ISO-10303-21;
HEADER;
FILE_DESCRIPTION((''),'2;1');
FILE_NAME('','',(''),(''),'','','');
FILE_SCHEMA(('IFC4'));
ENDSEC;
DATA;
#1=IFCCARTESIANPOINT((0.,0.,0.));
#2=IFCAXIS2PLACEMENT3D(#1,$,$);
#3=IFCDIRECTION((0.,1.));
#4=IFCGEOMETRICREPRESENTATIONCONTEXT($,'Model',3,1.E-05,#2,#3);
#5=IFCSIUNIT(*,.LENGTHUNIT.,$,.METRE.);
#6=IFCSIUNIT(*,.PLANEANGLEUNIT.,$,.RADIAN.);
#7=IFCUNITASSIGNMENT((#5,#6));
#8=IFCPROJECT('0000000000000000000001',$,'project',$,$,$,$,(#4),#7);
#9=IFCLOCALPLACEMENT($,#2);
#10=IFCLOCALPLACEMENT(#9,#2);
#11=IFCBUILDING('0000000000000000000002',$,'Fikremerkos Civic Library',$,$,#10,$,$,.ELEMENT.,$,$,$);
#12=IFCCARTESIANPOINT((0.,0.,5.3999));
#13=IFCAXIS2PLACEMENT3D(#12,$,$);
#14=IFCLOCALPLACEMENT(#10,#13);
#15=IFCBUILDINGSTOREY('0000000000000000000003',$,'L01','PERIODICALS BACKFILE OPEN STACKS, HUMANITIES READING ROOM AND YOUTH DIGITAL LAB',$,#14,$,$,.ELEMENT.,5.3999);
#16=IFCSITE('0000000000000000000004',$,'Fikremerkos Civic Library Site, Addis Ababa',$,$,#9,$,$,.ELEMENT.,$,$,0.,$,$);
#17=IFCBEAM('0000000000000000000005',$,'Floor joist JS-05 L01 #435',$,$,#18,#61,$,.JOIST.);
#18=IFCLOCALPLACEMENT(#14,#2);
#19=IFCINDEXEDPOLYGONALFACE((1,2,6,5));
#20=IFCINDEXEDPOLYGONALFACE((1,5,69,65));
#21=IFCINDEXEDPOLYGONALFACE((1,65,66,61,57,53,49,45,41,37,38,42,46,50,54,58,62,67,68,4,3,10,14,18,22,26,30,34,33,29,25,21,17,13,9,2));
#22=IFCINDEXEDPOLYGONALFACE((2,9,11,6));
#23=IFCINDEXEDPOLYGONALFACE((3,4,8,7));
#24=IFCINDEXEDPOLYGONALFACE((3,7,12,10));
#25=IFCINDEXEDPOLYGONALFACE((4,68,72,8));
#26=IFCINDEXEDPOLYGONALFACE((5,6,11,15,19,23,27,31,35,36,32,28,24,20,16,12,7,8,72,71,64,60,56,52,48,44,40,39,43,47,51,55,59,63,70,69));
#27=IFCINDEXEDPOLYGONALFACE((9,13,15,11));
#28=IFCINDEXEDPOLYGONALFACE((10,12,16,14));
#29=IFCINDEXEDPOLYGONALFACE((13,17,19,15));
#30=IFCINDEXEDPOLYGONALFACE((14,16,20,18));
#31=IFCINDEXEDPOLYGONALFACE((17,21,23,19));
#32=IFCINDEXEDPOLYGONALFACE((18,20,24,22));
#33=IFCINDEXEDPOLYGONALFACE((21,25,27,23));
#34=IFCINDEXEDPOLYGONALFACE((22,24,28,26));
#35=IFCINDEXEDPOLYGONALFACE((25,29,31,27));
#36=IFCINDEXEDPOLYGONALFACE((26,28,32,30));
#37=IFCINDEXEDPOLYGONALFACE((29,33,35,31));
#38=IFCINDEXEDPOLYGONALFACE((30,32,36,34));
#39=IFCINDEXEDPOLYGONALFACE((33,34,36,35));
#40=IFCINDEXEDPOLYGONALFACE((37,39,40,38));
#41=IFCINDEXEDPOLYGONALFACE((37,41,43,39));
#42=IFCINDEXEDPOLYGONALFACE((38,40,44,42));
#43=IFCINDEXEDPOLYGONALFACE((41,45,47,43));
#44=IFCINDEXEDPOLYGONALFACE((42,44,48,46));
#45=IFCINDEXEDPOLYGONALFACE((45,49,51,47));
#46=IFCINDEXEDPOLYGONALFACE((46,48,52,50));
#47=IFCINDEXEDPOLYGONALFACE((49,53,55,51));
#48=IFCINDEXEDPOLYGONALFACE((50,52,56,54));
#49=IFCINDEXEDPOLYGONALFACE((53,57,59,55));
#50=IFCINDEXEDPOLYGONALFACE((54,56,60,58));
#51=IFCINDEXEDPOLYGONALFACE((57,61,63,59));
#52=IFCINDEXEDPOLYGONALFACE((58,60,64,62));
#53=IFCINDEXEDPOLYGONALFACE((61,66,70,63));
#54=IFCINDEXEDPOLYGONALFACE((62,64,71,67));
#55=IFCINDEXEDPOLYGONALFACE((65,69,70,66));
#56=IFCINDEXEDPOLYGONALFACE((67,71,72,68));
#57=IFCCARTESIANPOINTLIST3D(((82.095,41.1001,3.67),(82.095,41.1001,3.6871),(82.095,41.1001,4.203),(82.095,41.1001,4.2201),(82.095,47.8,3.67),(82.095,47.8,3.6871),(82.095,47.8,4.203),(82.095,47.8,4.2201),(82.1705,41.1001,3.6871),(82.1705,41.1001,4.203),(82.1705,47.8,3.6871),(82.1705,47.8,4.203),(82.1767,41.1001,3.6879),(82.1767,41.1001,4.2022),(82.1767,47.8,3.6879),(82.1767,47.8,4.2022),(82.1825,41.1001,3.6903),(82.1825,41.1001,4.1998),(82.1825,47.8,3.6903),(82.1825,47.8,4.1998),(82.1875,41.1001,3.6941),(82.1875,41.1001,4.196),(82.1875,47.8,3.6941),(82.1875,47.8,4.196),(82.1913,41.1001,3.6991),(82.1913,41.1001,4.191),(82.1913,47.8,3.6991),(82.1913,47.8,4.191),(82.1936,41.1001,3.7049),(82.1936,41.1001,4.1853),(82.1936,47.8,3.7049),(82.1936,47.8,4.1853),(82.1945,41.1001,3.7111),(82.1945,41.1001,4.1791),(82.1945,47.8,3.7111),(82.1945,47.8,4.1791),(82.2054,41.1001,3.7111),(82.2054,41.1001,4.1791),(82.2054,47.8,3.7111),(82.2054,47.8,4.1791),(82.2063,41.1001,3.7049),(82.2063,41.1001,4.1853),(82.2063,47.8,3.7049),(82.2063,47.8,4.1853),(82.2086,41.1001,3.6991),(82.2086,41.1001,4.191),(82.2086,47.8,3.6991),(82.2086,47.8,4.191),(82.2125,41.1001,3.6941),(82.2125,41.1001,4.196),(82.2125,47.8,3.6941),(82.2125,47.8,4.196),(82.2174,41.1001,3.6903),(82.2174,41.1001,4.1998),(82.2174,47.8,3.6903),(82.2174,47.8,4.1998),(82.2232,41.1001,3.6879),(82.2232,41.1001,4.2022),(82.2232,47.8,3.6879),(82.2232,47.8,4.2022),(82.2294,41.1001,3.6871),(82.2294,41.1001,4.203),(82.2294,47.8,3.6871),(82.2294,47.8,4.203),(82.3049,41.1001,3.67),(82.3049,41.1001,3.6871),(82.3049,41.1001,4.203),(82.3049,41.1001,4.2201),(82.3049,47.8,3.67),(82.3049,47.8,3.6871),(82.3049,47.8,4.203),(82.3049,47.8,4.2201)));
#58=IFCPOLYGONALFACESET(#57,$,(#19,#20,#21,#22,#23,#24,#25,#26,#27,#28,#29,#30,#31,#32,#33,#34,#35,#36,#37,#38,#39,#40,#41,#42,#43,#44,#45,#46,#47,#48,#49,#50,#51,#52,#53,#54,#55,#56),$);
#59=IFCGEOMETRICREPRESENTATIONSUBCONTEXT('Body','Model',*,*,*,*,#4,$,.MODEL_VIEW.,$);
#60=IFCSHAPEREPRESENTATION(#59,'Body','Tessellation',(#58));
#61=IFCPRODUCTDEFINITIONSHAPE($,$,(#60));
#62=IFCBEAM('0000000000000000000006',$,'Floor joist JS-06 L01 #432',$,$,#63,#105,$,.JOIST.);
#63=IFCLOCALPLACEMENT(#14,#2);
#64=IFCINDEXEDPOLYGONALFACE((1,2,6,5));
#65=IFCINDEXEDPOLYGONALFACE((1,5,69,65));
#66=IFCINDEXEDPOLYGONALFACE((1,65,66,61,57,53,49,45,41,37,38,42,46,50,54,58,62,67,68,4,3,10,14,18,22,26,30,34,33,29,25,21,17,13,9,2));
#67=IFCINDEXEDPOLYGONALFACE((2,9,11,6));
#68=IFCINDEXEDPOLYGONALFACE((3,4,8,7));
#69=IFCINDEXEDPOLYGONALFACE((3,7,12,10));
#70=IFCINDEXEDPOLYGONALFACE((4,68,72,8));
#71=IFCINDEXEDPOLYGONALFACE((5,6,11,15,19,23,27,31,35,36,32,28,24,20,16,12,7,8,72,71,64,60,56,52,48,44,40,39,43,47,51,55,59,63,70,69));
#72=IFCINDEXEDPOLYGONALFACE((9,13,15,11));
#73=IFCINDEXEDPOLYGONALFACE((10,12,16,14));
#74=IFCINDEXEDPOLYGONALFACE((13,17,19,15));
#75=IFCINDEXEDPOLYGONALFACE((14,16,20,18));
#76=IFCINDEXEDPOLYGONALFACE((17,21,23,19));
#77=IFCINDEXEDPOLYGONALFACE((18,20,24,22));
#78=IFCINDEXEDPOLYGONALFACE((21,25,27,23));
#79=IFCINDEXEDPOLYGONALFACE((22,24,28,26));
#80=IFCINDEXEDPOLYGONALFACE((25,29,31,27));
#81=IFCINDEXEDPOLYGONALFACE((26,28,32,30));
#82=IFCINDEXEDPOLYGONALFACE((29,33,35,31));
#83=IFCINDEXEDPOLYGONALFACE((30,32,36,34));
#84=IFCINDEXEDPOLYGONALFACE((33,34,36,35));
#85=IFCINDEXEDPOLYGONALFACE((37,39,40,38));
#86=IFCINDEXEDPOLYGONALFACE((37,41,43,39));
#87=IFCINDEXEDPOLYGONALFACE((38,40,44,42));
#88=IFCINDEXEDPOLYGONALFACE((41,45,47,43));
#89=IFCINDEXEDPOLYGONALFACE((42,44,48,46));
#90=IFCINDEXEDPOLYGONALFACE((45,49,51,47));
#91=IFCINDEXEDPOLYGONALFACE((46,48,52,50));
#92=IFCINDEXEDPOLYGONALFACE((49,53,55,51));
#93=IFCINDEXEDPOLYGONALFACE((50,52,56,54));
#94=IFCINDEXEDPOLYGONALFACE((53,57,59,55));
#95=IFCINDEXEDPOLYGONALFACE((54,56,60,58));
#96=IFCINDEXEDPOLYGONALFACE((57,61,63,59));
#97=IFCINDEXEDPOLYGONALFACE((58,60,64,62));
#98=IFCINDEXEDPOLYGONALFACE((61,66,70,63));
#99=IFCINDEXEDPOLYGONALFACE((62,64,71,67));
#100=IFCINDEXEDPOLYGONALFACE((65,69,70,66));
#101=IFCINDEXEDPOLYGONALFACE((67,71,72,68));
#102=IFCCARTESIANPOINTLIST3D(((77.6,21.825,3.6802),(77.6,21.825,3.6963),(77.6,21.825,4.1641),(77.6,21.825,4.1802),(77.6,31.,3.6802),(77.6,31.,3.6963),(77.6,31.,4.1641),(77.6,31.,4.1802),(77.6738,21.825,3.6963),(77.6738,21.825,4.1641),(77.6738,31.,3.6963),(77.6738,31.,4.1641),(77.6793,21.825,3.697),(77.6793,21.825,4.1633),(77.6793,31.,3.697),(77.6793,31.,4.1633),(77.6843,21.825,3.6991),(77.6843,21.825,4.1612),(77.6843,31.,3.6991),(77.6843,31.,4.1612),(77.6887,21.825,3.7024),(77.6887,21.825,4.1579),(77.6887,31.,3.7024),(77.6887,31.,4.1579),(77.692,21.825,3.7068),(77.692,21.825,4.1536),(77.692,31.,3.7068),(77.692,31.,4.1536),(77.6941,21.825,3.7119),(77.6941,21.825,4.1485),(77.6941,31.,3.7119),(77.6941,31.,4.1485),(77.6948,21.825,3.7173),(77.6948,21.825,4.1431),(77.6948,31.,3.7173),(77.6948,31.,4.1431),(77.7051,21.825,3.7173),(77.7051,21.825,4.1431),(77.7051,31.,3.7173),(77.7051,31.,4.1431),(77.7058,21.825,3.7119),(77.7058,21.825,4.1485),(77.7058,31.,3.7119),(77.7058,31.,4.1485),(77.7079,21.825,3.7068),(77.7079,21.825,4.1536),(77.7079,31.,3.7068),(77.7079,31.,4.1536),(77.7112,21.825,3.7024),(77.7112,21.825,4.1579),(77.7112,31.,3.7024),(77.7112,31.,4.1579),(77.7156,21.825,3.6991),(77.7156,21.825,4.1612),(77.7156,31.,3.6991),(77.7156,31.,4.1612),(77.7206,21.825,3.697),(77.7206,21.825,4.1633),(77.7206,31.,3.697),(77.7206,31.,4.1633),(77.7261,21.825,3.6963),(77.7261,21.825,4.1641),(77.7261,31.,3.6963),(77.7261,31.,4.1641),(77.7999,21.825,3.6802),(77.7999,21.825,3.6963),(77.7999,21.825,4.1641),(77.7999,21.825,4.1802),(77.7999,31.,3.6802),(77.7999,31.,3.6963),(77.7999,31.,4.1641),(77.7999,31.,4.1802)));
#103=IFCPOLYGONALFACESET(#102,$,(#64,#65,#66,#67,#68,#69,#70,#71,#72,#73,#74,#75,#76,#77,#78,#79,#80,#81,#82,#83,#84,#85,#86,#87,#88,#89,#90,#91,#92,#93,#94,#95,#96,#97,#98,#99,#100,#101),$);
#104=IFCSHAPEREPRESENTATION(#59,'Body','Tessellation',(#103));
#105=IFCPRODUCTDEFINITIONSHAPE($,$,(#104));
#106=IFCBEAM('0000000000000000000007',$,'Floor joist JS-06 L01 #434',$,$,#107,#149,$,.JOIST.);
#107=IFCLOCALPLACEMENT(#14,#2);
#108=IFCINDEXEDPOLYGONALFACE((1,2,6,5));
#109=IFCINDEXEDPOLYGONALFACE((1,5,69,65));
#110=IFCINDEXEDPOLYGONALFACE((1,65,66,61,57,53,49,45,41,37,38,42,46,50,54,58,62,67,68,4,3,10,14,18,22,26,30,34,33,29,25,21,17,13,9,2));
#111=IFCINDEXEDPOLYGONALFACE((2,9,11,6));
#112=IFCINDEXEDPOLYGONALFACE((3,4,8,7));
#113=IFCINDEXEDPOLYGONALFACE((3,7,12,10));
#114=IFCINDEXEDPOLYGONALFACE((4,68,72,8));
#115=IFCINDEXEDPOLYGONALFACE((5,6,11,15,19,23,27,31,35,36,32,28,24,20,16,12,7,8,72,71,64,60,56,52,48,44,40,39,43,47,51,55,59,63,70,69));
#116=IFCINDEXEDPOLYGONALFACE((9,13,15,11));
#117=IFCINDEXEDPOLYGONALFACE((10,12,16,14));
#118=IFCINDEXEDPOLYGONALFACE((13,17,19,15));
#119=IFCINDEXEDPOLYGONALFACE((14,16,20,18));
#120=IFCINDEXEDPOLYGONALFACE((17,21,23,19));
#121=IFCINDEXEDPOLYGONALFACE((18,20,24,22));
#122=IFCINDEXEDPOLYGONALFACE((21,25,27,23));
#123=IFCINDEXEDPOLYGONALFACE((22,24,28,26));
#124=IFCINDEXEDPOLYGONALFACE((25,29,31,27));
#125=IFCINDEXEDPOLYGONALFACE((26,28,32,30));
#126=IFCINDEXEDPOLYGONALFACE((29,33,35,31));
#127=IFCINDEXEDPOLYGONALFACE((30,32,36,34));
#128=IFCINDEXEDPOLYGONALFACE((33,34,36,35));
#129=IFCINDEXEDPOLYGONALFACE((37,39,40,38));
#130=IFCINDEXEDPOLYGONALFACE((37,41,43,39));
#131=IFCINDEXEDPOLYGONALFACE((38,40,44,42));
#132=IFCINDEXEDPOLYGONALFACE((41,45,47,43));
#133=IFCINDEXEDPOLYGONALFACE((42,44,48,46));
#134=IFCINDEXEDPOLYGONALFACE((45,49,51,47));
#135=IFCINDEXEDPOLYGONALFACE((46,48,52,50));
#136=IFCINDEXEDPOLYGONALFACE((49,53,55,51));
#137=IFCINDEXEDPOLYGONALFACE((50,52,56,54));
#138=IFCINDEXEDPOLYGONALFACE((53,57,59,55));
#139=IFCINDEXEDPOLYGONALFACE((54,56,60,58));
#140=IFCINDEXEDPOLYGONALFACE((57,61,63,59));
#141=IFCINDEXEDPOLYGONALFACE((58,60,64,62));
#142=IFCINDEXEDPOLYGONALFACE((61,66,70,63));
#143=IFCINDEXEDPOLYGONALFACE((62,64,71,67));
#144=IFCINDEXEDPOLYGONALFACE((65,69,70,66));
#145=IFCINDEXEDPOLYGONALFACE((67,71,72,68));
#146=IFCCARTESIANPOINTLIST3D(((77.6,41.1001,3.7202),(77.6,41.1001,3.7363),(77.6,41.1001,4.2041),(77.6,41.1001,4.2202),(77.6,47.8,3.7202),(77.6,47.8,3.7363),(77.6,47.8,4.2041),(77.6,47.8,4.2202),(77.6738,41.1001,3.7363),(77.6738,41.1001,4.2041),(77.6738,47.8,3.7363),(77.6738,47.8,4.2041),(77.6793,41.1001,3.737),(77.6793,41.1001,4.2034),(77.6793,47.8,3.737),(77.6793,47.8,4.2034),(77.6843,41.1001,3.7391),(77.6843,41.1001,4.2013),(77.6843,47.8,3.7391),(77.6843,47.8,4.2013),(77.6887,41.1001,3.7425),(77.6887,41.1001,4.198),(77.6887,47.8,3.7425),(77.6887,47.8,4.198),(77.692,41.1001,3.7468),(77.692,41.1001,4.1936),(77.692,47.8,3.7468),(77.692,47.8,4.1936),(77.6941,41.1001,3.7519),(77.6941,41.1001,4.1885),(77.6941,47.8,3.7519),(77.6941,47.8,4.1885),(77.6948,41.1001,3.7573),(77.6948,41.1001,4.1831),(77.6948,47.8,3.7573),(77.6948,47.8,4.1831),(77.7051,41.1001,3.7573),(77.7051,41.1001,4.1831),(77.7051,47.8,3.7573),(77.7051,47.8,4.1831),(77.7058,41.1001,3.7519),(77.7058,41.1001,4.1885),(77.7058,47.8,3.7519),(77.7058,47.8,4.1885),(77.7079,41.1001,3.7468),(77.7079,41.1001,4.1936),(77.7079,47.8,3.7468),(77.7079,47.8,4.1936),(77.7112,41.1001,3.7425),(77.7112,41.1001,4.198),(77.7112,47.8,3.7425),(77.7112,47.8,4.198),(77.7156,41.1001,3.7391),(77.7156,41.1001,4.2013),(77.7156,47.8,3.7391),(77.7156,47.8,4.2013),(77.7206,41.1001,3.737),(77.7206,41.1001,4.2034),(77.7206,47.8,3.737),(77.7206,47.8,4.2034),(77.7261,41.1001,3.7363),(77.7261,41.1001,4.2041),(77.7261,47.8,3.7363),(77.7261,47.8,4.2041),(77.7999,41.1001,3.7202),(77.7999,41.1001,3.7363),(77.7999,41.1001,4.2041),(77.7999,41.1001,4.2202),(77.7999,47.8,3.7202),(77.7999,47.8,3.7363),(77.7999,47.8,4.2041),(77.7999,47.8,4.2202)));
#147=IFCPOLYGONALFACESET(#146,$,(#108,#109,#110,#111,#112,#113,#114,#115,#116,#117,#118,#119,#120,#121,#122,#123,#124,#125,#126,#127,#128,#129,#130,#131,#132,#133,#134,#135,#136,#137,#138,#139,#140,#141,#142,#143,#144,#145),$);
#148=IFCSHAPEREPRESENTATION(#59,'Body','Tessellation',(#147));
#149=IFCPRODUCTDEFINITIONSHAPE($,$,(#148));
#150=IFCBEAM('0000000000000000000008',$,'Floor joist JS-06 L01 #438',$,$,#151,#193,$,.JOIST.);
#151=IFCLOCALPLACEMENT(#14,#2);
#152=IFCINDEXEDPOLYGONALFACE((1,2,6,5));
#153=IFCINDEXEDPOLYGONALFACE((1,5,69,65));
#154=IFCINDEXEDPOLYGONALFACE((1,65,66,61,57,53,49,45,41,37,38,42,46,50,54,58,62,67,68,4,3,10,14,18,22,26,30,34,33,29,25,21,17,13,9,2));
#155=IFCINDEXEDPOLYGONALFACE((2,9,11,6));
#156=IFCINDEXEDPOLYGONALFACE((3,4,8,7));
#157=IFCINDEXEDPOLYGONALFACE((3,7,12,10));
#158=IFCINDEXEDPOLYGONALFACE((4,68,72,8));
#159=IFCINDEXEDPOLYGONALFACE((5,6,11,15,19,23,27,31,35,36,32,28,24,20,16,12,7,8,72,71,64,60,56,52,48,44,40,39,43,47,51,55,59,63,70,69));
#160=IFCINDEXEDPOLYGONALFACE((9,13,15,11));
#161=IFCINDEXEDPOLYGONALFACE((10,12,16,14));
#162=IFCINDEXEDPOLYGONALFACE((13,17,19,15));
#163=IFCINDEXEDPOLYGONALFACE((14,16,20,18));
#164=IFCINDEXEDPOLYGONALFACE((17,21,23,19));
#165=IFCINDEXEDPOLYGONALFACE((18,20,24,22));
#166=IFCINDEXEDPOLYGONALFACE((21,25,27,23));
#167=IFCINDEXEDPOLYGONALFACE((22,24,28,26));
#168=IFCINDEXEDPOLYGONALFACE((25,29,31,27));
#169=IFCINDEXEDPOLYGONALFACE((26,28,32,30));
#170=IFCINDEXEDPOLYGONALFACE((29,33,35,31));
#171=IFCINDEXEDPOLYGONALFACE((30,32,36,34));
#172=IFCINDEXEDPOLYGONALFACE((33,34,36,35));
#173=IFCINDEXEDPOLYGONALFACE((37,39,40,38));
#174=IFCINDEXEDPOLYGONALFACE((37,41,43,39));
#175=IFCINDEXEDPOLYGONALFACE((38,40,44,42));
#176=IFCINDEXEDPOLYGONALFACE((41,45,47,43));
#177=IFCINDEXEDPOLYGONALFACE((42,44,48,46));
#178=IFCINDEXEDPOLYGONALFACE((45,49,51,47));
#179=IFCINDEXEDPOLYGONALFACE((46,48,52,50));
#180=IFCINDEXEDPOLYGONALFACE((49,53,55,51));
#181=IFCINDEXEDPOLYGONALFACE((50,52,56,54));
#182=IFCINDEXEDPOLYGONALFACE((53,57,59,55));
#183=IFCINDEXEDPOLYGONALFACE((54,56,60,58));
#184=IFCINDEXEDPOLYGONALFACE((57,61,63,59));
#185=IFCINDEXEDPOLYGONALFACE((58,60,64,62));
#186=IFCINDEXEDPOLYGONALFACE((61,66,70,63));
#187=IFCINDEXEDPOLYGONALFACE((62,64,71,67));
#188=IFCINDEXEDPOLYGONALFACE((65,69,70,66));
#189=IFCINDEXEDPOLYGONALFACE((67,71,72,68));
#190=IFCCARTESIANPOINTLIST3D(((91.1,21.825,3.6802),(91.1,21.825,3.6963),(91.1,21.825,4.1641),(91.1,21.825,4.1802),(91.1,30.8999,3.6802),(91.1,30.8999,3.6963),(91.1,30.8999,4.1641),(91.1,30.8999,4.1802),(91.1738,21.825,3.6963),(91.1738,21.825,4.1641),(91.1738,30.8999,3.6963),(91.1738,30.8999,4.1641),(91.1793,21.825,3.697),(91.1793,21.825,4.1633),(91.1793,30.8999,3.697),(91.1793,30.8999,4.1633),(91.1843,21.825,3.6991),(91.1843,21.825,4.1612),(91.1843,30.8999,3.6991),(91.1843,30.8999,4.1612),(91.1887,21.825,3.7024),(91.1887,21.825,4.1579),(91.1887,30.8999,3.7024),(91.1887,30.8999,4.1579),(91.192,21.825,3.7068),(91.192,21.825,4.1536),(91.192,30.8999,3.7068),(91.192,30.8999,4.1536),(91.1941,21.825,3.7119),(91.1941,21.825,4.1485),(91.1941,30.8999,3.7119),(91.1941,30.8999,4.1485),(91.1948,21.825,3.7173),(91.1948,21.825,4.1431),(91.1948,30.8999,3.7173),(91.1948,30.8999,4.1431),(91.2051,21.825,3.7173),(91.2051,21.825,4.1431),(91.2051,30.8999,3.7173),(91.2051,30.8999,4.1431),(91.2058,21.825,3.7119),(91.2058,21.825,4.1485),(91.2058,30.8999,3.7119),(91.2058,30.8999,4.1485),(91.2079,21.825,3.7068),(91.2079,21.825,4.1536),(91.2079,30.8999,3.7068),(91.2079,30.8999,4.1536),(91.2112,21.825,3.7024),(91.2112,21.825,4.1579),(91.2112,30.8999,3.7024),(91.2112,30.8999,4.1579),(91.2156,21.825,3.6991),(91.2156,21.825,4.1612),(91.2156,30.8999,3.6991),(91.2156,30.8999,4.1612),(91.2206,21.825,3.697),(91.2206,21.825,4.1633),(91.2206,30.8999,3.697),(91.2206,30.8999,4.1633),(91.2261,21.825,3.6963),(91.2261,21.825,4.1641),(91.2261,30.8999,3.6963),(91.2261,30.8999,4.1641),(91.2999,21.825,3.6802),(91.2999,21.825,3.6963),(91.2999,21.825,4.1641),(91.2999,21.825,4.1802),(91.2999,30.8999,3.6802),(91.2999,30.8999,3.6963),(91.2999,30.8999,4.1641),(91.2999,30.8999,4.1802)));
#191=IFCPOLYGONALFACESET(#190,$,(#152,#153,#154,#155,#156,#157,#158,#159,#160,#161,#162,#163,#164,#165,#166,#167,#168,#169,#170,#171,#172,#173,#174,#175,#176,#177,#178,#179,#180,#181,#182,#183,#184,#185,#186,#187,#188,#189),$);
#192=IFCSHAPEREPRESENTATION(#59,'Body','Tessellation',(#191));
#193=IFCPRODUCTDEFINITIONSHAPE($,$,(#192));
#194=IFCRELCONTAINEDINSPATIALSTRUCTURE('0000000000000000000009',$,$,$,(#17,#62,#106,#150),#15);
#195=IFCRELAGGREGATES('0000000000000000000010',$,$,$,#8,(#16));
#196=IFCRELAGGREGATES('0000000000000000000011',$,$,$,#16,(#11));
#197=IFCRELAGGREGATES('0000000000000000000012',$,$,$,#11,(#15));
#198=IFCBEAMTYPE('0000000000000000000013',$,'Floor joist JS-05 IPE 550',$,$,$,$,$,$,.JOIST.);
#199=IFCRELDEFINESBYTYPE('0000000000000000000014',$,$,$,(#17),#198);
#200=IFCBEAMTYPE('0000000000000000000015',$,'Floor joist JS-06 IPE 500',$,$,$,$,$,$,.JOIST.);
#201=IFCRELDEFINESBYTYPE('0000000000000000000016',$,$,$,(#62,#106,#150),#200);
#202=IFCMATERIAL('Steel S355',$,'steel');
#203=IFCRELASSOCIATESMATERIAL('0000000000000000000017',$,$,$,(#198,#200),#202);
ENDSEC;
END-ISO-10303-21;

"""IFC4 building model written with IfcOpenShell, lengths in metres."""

from ifc_helpers import new_model, si_unit, direction, frame, origin, origin_2d, place, context, subcontext, project, spatial, i_section, extrude, material, material_profile, profile_set, type_object, element, save


model = new_model("IFC4")

# Units and contexts
model_context = context("Model", 3, precision=1e-05, world=origin(), true_north=direction((0.0, 1.0)))
body_context = subcontext(model_context, "Body", "Model", "MODEL_VIEW")
ifc_project = project(units=[si_unit("LENGTHUNIT", "METRE"), si_unit("PLANEANGLEUNIT", "RADIAN")], contexts=[model_context])

# Site, building, storey
site_placement = place(None, origin())
site = spatial("IfcSite", under=ifc_project, at=site_placement, Name="Fikremerkos Civic Library Site, Addis Ababa", CompositionType="ELEMENT", RefElevation=0.0)
building_placement = place(site_placement, origin())
building = spatial("IfcBuilding", under=site, at=building_placement, Name="Fikremerkos Civic Library", CompositionType="ELEMENT")
storey_placement = place(building_placement, frame((0.0, 0.0, 5.3999)))
storey = spatial("IfcBuildingStorey", under=building, at=storey_placement, Name="L01", Description="PERIODICALS BACKFILE OPEN STACKS, HUMANITIES READING ROOM AND YOUTH DIGITAL LAB", CompositionType="ELEMENT", Elevation=5.3999)

# Beams
ifc_material_1 = material(Name="Steel S355", Category="steel")
ifc_material_profile_1 = material_profile(ifc_material_1, i_section(OverallWidth=0.21, OverallDepth=0.55, WebThickness=0.011, FlangeThickness=0.0171, FilletRadius=0.0239, at=origin_2d()), Name="IPE 550")
ifc_profile_set_1 = profile_set([ifc_material_profile_1], Name="Steel S355")
beam_type_1 = type_object("IfcBeamType", Name="Floor joist JS-05 IPE 550", PredefinedType="JOIST", material=ifc_profile_set_1)
beam_1_placement = place(storey_placement, frame((82.2, 41.1001, 3.9451), z_axis=(0.0, 1.0, 0.0), x_axis=(-1.0, 0.0, 0.0)))
element("IfcBeam", 1, at=beam_1_placement, inside=storey, type_object=beam_type_1, Name="Floor joist JS-05 L01 #435", PredefinedType="JOIST", context=body_context, shape_type="SweptSolid", body=[
    extrude(i_section(OverallWidth=0.21, OverallDepth=0.55, WebThickness=0.011, FlangeThickness=0.0171, FilletRadius=0.0239, at=origin_2d()), origin(), (0.0, 0.0, 1.0), 6.7),
])
ifc_material_profile_2 = material_profile(ifc_material_1, i_section(OverallWidth=0.2, OverallDepth=0.5, WebThickness=0.0103, FlangeThickness=0.0161, FilletRadius=0.021, at=origin_2d()), Name="IPE 500")
ifc_profile_set_2 = profile_set([ifc_material_profile_2], Name="Steel S355")
beam_type_2 = type_object("IfcBeamType", Name="Floor joist JS-06 IPE 500", PredefinedType="JOIST", material=ifc_profile_set_2)
beam_2_placement = place(storey_placement, frame((77.7, 21.825, 3.9302), z_axis=(0.0, 1.0, 0.0), x_axis=(-1.0, 0.0, 0.0)))
element("IfcBeam", 2, at=beam_2_placement, inside=storey, type_object=beam_type_2, Name="Floor joist JS-06 L01 #432", PredefinedType="JOIST", context=body_context, shape_type="SweptSolid", body=[
    extrude(i_section(OverallWidth=0.2, OverallDepth=0.5, WebThickness=0.0103, FlangeThickness=0.0161, FilletRadius=0.021, at=origin_2d()), origin(), (0.0, 0.0, 1.0), 9.175),
])
beam_3_placement = place(storey_placement, frame((77.7, 41.1001, 3.9702), z_axis=(0.0, 1.0, 0.0), x_axis=(-1.0, 0.0, 0.0)))
element("IfcBeam", 3, at=beam_3_placement, inside=storey, type_object=beam_type_2, Name="Floor joist JS-06 L01 #434", PredefinedType="JOIST", context=body_context, shape_type="SweptSolid", body=[
    extrude(i_section(OverallWidth=0.2, OverallDepth=0.5, WebThickness=0.0103, FlangeThickness=0.0161, FilletRadius=0.021, at=origin_2d()), origin(), (0.0, 0.0, 1.0), 6.7),
])
beam_4_placement = place(storey_placement, frame((91.2, 21.825, 3.9302), z_axis=(0.0, 1.0, 0.0), x_axis=(-1.0, 0.0, 0.0)))
element("IfcBeam", 4, at=beam_4_placement, inside=storey, type_object=beam_type_2, Name="Floor joist JS-06 L01 #438", PredefinedType="JOIST", context=body_context, shape_type="SweptSolid", body=[
    extrude(i_section(OverallWidth=0.2, OverallDepth=0.5, WebThickness=0.0103, FlangeThickness=0.0161, FilletRadius=0.021, at=origin_2d()), origin(), (0.0, 0.0, 1.0), 9.075),
])

save(model, "model.ifc")
